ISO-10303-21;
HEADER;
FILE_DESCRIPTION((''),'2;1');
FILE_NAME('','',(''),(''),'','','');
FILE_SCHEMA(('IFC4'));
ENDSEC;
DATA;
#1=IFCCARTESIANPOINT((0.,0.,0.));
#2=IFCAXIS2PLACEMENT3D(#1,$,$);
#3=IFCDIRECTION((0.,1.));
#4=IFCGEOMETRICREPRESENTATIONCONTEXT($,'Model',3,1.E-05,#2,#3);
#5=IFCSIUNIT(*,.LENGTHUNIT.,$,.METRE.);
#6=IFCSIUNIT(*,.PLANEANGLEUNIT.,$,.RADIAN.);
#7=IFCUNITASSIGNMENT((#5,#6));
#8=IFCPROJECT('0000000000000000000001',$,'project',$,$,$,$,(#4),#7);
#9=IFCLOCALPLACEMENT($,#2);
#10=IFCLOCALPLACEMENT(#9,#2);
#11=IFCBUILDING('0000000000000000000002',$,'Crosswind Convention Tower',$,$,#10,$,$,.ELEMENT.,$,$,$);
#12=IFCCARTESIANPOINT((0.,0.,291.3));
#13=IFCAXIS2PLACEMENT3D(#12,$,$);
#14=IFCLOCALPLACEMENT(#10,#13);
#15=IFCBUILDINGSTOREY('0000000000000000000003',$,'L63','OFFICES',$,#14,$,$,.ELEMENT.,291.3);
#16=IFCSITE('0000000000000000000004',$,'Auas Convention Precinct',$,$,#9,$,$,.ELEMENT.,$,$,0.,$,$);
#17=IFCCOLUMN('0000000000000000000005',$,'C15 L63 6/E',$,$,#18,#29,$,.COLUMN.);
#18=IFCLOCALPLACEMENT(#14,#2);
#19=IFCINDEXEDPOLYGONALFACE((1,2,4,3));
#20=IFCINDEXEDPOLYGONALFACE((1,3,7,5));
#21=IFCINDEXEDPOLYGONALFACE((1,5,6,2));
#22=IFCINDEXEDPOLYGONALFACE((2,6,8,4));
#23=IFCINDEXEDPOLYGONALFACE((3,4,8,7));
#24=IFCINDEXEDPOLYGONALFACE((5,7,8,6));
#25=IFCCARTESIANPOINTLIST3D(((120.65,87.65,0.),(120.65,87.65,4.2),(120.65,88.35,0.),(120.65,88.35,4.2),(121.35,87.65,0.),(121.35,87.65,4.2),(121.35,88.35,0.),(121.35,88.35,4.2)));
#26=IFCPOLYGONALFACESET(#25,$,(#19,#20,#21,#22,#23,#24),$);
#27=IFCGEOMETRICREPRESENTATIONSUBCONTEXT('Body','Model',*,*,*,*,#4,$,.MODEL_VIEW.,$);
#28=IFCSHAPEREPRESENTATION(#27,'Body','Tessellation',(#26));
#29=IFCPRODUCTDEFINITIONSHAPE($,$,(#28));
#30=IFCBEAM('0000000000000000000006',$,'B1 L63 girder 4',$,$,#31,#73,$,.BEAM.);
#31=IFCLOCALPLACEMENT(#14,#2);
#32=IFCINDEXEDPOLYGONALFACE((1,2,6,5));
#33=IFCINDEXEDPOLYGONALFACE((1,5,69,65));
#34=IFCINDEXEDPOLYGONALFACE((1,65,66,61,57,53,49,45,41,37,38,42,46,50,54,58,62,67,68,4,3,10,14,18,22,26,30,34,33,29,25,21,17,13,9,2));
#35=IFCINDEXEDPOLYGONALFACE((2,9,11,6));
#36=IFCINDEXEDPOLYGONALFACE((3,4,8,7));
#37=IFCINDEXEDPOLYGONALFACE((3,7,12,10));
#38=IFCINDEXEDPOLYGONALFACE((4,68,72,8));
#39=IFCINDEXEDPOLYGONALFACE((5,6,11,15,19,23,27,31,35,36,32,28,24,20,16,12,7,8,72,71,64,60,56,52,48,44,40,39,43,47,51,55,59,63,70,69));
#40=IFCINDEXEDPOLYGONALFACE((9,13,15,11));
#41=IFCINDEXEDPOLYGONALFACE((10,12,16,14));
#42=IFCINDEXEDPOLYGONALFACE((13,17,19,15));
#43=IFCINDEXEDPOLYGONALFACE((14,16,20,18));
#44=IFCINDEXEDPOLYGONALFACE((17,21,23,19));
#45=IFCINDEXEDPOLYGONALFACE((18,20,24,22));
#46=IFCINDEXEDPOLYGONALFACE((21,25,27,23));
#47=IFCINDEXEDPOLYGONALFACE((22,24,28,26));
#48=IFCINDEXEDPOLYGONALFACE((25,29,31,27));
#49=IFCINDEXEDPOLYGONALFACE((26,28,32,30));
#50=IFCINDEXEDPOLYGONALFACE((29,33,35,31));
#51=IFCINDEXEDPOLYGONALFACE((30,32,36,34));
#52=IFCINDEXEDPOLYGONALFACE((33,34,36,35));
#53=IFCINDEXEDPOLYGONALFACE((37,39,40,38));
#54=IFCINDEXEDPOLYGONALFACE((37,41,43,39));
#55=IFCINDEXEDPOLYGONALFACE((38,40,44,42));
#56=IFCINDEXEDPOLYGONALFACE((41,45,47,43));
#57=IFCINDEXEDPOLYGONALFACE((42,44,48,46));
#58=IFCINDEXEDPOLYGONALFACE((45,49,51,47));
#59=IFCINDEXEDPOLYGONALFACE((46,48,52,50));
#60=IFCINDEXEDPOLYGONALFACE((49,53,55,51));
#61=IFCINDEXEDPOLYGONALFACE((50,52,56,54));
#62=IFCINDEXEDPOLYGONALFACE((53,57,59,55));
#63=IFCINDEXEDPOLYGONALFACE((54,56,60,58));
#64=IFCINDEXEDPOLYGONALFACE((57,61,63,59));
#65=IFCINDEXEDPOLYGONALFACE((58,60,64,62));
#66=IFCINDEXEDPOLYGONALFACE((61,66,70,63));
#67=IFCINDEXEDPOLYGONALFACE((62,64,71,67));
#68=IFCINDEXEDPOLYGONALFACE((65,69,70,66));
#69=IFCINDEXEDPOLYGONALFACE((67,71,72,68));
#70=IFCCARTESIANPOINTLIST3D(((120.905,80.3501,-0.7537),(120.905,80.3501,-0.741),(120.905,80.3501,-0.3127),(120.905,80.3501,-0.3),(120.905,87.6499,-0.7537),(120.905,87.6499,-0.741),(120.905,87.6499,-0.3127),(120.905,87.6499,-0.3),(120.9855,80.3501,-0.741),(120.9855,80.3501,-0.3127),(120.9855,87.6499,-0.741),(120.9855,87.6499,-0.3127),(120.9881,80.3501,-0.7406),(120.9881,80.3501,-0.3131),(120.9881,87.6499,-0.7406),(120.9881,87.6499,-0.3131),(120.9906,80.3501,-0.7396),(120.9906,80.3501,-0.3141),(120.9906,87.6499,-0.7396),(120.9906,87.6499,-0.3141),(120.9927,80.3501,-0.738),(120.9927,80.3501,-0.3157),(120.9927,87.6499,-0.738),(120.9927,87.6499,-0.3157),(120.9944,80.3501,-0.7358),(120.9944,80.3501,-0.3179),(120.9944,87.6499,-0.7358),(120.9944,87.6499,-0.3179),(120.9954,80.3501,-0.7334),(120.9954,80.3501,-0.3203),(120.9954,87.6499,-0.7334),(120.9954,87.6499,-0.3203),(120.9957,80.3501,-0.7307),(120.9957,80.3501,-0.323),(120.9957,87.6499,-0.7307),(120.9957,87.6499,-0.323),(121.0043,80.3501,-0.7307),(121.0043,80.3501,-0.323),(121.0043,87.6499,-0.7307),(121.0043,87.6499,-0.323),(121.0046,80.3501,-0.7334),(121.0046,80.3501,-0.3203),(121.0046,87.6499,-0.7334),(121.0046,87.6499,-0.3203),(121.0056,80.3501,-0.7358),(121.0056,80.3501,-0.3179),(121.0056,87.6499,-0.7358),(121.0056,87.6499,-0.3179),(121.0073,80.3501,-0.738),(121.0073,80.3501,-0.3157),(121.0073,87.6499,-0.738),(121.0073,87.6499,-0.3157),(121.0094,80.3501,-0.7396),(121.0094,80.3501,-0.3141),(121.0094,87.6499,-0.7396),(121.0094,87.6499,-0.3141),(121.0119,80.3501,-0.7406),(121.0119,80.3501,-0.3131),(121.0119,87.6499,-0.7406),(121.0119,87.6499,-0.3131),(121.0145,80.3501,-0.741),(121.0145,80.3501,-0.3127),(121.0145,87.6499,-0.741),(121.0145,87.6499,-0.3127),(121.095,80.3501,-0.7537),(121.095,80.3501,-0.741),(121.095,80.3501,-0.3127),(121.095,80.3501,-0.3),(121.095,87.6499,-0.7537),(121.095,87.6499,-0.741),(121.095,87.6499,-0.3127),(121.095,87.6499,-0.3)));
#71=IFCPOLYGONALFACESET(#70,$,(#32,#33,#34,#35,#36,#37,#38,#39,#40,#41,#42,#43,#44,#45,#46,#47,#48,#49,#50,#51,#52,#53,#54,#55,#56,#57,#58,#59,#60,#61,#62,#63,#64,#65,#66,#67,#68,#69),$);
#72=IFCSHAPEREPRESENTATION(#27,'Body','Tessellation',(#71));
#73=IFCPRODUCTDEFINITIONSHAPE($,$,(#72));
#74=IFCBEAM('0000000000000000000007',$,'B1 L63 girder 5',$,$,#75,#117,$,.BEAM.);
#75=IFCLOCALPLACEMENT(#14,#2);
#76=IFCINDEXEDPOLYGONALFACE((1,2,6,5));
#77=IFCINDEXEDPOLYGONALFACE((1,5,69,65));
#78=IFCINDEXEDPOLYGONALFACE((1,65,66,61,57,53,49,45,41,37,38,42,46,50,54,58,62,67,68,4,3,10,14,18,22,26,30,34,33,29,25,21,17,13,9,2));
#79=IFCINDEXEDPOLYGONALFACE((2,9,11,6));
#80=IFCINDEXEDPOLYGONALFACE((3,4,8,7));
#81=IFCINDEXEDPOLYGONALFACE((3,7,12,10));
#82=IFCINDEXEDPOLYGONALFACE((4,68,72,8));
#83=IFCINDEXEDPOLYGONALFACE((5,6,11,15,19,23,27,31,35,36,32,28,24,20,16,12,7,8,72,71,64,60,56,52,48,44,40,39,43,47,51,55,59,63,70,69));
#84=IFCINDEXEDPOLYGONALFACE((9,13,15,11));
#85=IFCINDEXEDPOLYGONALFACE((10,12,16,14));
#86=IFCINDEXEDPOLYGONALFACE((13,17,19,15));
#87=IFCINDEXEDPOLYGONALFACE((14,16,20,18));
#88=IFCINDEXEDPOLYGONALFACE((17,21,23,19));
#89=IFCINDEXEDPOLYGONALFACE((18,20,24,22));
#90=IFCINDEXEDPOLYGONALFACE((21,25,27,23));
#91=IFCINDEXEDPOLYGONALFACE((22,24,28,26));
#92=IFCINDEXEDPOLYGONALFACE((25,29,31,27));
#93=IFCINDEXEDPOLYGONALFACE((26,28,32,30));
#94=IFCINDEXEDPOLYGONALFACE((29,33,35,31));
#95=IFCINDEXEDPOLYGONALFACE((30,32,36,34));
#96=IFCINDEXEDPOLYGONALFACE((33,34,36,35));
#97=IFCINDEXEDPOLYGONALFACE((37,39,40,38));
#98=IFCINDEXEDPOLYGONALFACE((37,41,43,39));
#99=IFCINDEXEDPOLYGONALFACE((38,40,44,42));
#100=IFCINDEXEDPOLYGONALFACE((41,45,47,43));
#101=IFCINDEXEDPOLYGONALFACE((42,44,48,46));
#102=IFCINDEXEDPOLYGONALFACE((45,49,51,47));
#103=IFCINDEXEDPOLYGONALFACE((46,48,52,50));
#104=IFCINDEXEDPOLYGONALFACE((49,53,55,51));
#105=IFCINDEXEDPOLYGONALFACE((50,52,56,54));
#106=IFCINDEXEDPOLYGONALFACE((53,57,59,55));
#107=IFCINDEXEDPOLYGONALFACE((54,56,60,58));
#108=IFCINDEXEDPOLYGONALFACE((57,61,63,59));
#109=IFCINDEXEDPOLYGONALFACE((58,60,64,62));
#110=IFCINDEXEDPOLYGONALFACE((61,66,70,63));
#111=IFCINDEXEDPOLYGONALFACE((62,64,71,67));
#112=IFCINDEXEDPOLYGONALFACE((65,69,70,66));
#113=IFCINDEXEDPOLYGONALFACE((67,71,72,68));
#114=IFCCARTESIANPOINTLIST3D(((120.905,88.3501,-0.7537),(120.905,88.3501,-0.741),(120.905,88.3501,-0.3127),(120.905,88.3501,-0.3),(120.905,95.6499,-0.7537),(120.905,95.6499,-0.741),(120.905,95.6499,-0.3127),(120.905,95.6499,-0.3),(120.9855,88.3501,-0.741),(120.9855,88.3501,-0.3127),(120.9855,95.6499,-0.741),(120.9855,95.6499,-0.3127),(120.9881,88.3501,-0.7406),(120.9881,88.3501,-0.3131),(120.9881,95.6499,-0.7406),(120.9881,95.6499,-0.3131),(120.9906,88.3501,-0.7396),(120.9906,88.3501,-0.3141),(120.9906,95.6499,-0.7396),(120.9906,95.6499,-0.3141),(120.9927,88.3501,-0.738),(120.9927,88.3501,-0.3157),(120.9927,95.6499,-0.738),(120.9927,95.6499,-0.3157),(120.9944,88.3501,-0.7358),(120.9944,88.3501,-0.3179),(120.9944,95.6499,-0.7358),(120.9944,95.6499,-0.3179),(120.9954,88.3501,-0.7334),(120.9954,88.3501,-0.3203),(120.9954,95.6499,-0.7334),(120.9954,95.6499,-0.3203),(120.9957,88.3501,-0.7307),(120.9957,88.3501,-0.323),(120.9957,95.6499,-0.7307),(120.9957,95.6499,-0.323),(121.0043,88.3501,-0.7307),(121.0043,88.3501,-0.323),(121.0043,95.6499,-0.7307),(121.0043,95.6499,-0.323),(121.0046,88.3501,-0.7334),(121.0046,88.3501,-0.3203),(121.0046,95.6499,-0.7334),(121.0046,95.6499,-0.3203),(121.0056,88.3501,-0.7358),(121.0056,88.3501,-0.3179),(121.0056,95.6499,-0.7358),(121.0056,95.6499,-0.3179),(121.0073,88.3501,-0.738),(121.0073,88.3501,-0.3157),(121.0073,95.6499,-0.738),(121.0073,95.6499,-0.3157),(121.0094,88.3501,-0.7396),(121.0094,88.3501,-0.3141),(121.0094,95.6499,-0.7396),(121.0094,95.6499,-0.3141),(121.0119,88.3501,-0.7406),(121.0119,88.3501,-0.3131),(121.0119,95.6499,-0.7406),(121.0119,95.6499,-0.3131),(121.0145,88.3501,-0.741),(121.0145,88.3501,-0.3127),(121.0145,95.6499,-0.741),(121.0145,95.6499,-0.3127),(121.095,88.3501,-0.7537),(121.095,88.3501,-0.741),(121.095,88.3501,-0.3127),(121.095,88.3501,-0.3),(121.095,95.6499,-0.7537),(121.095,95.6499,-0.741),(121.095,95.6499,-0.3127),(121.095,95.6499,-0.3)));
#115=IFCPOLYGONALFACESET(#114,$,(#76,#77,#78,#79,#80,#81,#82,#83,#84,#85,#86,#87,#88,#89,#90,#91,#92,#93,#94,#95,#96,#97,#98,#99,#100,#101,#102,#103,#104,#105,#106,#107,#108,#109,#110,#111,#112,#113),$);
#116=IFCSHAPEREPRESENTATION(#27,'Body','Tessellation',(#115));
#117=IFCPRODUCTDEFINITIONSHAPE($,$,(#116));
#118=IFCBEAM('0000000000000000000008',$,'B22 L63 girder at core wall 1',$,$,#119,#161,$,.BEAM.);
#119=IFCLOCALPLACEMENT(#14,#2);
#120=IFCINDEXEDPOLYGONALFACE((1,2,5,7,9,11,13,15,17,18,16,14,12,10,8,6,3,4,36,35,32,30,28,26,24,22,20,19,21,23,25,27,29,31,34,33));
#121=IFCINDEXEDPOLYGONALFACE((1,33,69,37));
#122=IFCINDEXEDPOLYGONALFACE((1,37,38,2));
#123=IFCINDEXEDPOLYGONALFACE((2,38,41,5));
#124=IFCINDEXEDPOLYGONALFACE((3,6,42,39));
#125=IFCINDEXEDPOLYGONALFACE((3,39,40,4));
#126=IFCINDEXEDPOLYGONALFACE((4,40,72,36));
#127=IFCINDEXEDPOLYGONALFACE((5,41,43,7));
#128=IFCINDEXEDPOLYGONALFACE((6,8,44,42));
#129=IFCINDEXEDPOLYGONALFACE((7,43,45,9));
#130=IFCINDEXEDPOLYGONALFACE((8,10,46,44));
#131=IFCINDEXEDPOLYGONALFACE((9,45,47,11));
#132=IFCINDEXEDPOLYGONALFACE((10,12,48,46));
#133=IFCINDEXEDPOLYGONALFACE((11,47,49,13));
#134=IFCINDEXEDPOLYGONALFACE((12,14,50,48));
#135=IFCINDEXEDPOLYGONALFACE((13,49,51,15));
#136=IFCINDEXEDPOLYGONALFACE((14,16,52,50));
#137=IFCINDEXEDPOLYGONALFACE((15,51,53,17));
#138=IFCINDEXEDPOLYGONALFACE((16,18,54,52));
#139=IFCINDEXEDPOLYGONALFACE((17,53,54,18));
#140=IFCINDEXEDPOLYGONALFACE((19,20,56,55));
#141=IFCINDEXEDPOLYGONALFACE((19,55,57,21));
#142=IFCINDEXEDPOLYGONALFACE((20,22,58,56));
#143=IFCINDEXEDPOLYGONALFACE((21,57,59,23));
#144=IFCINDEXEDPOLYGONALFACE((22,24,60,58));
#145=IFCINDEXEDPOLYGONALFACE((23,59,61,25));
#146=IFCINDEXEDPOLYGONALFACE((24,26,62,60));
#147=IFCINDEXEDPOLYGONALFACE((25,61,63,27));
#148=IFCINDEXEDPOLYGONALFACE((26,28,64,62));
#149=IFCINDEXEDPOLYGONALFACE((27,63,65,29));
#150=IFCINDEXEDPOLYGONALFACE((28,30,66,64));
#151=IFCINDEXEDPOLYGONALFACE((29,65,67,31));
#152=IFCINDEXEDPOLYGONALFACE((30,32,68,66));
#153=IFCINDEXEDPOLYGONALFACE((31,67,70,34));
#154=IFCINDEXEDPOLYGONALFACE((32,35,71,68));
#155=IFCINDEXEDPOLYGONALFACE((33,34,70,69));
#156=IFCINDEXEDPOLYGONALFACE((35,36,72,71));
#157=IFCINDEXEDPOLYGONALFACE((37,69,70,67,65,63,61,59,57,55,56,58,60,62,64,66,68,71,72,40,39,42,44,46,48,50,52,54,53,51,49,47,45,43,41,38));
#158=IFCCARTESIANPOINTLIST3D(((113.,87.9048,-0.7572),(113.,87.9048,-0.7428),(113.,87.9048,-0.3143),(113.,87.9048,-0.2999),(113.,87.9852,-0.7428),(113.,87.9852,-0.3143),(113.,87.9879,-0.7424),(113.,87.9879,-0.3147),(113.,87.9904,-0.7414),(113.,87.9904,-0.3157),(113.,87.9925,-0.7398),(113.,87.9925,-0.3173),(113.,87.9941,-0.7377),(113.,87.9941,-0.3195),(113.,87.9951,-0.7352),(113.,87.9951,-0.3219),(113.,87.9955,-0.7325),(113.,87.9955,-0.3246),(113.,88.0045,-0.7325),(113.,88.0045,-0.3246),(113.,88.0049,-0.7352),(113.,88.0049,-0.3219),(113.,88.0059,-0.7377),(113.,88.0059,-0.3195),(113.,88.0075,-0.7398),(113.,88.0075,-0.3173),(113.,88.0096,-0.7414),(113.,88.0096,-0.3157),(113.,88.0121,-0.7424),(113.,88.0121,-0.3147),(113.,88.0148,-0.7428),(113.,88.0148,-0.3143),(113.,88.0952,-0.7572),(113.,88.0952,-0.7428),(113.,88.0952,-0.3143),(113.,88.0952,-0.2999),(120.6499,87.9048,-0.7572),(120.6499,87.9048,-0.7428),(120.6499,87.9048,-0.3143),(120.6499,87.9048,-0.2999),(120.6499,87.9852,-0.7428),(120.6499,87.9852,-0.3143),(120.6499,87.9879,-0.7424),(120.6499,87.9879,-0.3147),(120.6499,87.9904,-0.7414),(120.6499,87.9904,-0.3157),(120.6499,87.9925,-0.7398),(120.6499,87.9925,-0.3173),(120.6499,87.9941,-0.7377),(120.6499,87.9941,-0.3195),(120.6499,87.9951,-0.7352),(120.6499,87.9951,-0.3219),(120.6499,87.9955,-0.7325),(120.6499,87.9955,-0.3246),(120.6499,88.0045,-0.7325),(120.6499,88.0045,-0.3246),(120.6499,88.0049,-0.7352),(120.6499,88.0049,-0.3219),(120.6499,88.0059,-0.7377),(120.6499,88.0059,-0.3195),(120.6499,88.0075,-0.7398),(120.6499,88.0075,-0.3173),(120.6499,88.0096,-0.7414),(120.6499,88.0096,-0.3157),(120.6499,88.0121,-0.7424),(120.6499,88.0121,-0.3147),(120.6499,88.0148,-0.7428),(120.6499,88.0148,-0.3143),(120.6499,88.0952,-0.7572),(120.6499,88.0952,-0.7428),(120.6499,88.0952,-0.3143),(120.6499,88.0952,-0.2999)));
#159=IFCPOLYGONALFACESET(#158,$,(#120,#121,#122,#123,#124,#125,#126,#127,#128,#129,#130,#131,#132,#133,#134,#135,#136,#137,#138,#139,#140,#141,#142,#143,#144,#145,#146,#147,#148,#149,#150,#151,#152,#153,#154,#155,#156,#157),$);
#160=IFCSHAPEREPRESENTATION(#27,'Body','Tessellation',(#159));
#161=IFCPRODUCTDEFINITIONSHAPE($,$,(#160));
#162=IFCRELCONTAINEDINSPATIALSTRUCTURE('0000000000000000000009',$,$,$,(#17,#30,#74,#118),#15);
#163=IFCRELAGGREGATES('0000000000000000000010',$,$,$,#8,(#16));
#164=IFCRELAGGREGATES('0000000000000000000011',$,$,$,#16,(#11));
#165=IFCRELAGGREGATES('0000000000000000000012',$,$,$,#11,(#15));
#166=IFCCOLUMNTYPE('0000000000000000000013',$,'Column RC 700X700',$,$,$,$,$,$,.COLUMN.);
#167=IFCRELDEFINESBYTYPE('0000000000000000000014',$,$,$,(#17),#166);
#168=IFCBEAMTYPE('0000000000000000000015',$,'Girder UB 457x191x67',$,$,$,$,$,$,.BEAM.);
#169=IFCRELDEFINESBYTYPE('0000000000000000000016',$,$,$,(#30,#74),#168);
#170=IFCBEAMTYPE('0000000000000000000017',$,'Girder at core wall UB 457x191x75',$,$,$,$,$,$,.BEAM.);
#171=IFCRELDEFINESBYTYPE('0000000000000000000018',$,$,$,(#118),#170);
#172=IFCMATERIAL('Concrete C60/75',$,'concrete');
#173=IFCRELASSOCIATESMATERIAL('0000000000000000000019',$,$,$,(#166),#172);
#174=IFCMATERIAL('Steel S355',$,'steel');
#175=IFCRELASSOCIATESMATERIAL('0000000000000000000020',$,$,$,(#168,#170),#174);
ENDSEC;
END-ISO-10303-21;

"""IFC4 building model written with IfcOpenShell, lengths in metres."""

from ifc_helpers import new_model, si_unit, direction, frame, origin, origin_2d, place, context, subcontext, project, spatial, rectangle, i_section, extrude, material, material_profile, profile_set, type_object, element, save


model = new_model("IFC4")

# Units and contexts
model_context = context("Model", 3, precision=1e-05, world=origin(), true_north=direction((0.0, 1.0)))
body_context = subcontext(model_context, "Body", "Model", "MODEL_VIEW")
ifc_project = project(units=[si_unit("LENGTHUNIT", "METRE"), si_unit("PLANEANGLEUNIT", "RADIAN")], contexts=[model_context])

# Site, building, storey
site_placement = place(None, origin())
site = spatial("IfcSite", under=ifc_project, at=site_placement, Name="Auas Convention Precinct", CompositionType="ELEMENT", RefElevation=0.0)
building_placement = place(site_placement, origin())
building = spatial("IfcBuilding", under=site, at=building_placement, Name="Crosswind Convention Tower", CompositionType="ELEMENT")
storey_placement = place(building_placement, frame((0.0, 0.0, 291.3)))
storey = spatial("IfcBuildingStorey", under=building, at=storey_placement, Name="L63", Description="OFFICES", CompositionType="ELEMENT", Elevation=291.3)

# Column
ifc_material_1 = material(Name="Concrete C60/75", Category="concrete")
ifc_material_profile_1 = material_profile(ifc_material_1, rectangle(XDim=0.7, YDim=0.7, at=origin_2d()), Name="RC 700X700")
ifc_profile_set_1 = profile_set([ifc_material_profile_1], Name="Concrete C60/75")
column_type = type_object("IfcColumnType", Name="Column RC 700X700", PredefinedType="COLUMN", material=ifc_profile_set_1)
column_placement = place(storey_placement, frame((121.0, 88.0, 0.0), z_axis=(0.0, 0.0, 1.0), x_axis=(1.0, 0.0, 0.0)))
element("IfcColumn", 1, at=column_placement, inside=storey, type_object=column_type, Name="C15 L63 6/E", PredefinedType="COLUMN", context=body_context, shape_type="SweptSolid", body=[
    extrude(rectangle(XDim=0.7, YDim=0.7, at=origin_2d()), origin(), (0.0, 0.0, 1.0), 4.2),
])

# Beams
ifc_material_2 = material(Name="Steel S355", Category="steel")
ifc_material_profile_2 = material_profile(ifc_material_2, i_section(OverallWidth=0.1899, OverallDepth=0.4536, WebThickness=0.0085, FlangeThickness=0.0127, FilletRadius=0.0103, at=origin_2d()), Name="UB 457x191x67")
ifc_profile_set_2 = profile_set([ifc_material_profile_2], Name="Steel S355")
beam_type_1 = type_object("IfcBeamType", Name="Girder UB 457x191x67", PredefinedType="BEAM", material=ifc_profile_set_2)
for number, where, z_axis, x_axis, name in (
    (2, (121.0, 80.3501, -0.5269), (0.0, 1.0, 0.0), (-1.0, 0.0, 0.0), "B1 L63 girder 4"),
    (3, (121.0, 88.3501, -0.5269), (0.0, 1.0, 0.0), (-1.0, 0.0, 0.0), "B1 L63 girder 5"),
):
    element("IfcBeam", number, at=place(storey_placement, frame(where, z_axis=z_axis, x_axis=x_axis)), inside=storey, type_object=beam_type_1, Name=name, PredefinedType="BEAM", context=body_context, shape_type="SweptSolid", body=[
        extrude(i_section(OverallWidth=0.1899, OverallDepth=0.4536, WebThickness=0.0085, FlangeThickness=0.0127, FilletRadius=0.0103, at=origin_2d()), origin(), (0.0, 0.0, 1.0), 7.2998),
    ])
ifc_material_profile_3 = material_profile(ifc_material_2, i_section(OverallWidth=0.1904, OverallDepth=0.4573, WebThickness=0.009, FlangeThickness=0.0144, FilletRadius=0.0103, at=origin_2d()), Name="UB 457x191x75")
ifc_profile_set_3 = profile_set([ifc_material_profile_3], Name="Steel S355")
beam_type_2 = type_object("IfcBeamType", Name="Girder at core wall UB 457x191x75", PredefinedType="BEAM", material=ifc_profile_set_3)
for number, where, z_axis, x_axis, name in (
    (4, (113.0, 88.0, -0.5286), (1.0, 0.0, 0.0), (0.0, 1.0, 0.0), "B22 L63 girder at core wall 1"),
):
    element("IfcBeam", number, at=place(storey_placement, frame(where, z_axis=z_axis, x_axis=x_axis)), inside=storey, type_object=beam_type_2, Name=name, PredefinedType="BEAM", context=body_context, shape_type="SweptSolid", body=[
        extrude(i_section(OverallWidth=0.1904, OverallDepth=0.4573, WebThickness=0.009, FlangeThickness=0.0144, FilletRadius=0.0103, at=origin_2d()), origin(), (0.0, 0.0, 1.0), 7.6499),
    ])

save(model, "model.ifc")
